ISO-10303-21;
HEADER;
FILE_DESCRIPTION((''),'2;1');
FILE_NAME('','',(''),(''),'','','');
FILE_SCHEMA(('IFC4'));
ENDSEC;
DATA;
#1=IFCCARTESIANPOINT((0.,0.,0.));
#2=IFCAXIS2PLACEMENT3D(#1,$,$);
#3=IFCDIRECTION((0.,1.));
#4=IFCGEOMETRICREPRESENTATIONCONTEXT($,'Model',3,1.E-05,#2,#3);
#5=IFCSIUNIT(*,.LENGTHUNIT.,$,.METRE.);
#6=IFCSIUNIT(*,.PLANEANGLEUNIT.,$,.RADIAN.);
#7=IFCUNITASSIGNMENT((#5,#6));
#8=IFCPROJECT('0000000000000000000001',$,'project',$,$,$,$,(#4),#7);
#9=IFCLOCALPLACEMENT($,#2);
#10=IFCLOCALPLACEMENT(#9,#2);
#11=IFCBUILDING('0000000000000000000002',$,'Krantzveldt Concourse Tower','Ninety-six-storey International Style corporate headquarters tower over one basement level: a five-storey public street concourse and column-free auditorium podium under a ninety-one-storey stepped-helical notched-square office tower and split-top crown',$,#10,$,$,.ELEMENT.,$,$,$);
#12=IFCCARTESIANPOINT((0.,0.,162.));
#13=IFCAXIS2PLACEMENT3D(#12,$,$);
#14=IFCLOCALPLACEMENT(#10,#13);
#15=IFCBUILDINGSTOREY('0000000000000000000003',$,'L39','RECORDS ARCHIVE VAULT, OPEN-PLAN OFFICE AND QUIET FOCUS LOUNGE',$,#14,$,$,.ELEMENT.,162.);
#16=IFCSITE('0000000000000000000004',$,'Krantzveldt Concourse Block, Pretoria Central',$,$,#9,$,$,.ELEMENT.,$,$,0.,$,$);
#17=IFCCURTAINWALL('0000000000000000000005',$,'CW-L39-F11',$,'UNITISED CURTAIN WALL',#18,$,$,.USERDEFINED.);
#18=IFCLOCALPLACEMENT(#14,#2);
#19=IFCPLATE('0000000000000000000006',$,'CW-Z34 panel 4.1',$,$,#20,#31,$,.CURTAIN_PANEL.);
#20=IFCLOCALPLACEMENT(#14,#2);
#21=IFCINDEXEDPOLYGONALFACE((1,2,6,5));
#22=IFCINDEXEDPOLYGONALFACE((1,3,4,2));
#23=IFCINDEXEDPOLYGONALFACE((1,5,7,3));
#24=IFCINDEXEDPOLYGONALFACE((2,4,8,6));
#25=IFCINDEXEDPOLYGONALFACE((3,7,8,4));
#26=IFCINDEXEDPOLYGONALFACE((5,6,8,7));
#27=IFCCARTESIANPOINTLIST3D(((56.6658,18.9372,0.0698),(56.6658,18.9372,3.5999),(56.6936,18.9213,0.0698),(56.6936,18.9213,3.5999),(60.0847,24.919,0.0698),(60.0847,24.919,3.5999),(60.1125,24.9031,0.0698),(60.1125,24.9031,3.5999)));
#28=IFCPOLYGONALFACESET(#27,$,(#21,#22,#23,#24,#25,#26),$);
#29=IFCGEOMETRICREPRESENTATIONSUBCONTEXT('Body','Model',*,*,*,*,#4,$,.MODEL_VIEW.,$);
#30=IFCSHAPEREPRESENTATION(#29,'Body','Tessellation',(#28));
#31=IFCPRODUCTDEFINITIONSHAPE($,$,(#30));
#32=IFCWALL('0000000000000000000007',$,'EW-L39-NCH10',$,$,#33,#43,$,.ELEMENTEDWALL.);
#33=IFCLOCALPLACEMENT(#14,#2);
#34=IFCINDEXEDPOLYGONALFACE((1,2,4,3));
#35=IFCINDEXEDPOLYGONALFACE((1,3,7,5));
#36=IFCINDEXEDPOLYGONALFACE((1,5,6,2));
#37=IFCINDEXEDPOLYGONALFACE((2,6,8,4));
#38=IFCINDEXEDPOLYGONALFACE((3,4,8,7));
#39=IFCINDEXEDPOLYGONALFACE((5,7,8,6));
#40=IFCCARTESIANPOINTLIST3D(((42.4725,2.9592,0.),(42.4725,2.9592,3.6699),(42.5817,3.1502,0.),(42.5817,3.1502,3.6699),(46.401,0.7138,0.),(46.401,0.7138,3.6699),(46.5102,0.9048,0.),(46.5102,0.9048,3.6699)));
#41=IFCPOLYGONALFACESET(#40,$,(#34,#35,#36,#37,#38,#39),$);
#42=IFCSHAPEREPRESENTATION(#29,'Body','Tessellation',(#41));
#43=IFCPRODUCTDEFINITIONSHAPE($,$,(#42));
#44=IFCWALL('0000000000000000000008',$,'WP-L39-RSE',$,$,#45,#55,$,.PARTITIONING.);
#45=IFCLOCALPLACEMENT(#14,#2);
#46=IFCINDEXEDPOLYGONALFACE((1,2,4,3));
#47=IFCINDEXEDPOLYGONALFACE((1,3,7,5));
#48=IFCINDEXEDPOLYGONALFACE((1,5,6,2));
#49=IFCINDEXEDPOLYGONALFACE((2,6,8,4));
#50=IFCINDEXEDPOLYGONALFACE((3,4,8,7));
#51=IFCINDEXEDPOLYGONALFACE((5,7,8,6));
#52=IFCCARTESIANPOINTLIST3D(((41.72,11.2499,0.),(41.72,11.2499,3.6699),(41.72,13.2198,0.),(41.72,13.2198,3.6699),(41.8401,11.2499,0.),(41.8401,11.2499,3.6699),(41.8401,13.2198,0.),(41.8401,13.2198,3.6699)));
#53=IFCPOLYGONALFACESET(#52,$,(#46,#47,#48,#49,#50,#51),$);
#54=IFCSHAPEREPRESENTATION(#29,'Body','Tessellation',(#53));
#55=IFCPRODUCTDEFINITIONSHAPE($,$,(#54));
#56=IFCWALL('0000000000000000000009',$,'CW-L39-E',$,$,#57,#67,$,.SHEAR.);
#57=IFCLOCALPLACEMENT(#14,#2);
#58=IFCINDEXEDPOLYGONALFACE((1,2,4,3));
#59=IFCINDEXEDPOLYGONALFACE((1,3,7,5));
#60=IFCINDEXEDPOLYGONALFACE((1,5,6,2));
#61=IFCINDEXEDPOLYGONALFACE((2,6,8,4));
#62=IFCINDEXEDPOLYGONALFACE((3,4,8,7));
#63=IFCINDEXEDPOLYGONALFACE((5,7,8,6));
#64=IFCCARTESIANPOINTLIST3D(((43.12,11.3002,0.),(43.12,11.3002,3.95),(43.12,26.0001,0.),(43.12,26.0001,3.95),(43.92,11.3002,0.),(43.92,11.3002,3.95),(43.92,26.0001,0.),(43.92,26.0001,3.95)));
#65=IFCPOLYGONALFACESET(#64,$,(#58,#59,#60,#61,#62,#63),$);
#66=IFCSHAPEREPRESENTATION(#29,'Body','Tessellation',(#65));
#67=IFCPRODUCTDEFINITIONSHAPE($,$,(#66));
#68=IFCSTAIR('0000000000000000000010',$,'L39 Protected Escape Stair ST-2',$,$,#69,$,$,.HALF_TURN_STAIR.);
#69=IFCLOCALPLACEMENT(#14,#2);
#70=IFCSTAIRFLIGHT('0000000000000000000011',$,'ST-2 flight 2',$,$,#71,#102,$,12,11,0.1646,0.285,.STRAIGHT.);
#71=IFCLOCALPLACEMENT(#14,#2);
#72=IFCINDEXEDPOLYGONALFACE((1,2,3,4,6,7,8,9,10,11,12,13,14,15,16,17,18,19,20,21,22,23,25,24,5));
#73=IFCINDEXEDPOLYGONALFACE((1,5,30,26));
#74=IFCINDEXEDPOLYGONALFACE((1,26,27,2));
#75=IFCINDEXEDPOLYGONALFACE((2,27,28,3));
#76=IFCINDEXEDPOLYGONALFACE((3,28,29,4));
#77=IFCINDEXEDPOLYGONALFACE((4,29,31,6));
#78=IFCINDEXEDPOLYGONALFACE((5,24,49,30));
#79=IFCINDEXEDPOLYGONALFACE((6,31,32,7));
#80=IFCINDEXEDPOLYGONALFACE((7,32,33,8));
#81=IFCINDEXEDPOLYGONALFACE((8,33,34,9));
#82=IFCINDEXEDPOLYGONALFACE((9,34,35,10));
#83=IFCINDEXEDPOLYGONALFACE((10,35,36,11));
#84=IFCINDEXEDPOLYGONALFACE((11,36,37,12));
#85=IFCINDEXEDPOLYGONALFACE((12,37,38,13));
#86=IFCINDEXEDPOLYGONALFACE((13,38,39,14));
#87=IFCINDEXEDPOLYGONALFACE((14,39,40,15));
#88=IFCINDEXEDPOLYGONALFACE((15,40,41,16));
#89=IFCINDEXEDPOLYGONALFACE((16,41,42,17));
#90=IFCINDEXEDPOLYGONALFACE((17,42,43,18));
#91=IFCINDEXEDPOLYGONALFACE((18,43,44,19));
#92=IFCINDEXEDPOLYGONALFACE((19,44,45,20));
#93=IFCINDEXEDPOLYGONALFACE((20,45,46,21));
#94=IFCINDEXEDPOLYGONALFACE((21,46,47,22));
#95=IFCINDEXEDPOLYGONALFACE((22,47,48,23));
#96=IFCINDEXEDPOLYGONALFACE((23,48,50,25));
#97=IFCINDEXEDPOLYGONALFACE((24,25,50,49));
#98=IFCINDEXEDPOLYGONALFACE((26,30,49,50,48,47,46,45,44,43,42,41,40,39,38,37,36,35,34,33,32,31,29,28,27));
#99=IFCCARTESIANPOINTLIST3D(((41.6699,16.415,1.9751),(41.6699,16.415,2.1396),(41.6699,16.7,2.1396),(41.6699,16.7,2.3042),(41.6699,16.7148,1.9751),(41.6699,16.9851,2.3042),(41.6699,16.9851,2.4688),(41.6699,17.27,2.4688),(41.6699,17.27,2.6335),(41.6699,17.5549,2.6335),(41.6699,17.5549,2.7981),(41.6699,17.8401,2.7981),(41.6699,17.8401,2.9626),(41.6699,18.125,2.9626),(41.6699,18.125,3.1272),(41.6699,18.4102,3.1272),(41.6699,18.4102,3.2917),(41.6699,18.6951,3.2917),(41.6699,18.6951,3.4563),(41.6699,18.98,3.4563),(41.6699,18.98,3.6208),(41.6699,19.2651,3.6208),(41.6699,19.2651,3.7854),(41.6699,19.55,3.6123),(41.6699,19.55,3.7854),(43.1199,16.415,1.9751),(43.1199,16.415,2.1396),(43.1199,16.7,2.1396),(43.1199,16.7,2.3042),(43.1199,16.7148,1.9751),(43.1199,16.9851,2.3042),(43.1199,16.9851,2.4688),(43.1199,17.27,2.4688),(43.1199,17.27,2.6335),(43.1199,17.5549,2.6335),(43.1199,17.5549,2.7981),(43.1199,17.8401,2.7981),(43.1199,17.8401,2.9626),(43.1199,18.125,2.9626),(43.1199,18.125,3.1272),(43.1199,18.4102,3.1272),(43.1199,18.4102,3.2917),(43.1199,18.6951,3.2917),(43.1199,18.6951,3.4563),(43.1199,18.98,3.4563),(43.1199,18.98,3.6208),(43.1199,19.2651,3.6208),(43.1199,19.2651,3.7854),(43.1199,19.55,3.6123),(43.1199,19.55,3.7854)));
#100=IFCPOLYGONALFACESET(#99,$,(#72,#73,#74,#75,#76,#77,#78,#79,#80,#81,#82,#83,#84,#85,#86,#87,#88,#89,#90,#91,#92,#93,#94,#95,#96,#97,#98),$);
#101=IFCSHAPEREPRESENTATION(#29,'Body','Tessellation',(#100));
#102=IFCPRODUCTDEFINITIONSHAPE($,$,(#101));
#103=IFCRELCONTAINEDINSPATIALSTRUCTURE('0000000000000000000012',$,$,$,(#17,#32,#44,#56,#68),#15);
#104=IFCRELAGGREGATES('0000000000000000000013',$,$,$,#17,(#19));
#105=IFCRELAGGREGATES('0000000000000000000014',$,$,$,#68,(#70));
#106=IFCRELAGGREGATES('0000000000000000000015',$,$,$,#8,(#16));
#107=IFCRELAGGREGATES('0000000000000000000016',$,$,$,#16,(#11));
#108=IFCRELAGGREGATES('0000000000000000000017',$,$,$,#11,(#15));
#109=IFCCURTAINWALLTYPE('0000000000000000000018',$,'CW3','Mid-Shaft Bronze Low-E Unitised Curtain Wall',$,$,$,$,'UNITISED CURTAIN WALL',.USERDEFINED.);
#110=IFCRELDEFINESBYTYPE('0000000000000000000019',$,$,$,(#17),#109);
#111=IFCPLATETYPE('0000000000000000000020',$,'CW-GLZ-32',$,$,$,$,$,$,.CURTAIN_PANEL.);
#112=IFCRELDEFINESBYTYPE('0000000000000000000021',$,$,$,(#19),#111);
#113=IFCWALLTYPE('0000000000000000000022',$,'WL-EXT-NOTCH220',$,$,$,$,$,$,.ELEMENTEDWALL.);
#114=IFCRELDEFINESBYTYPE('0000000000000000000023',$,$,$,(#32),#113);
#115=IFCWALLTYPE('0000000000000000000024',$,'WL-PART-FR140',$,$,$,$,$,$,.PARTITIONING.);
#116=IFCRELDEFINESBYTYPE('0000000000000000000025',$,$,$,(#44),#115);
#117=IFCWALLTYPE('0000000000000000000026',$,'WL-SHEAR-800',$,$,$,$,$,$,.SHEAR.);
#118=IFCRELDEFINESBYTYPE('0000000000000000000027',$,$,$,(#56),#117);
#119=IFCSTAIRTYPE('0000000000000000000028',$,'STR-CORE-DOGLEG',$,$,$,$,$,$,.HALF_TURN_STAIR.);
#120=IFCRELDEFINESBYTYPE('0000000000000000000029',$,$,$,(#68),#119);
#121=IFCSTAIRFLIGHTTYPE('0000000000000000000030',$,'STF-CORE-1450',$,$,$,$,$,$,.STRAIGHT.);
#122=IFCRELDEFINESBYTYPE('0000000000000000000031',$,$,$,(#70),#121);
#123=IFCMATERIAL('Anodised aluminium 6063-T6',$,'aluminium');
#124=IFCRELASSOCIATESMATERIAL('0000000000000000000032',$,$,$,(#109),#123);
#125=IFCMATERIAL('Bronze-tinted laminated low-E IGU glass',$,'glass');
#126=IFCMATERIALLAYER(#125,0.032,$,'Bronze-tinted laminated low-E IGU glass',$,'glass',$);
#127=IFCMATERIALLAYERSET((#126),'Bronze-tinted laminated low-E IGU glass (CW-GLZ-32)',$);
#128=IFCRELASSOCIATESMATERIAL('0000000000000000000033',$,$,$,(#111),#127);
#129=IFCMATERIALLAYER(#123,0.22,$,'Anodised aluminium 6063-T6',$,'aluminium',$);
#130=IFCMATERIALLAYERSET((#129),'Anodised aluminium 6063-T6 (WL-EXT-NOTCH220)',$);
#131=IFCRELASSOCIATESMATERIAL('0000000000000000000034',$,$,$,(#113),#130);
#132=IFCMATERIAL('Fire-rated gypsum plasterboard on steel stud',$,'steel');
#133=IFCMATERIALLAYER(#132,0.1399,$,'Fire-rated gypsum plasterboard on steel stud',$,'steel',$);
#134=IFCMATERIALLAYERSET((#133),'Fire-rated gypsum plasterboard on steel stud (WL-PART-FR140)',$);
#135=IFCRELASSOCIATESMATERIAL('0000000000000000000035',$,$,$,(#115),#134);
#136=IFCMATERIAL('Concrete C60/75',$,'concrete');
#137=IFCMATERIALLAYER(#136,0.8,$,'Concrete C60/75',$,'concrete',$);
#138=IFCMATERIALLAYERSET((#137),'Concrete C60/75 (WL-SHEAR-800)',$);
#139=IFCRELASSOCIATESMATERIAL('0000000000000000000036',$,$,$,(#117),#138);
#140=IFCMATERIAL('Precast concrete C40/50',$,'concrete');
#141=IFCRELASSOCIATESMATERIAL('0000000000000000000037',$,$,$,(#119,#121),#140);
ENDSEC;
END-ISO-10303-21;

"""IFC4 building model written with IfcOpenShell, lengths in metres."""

from ifc_helpers import new_model, si_unit, direction, frame, frame_2d, origin, origin_2d, place, context, subcontext, project, spatial, polyline, rectangle, outline, extrude, source, transform, mapped, material, layer, layer_set, type_object, element, aggregate, save


model = new_model("IFC4")

# Units and contexts
model_context = context("Model", 3, precision=1e-05, world=origin(), true_north=direction((0.0, 1.0)))
body_context = subcontext(model_context, "Body", "Model", "MODEL_VIEW")
ifc_project = project(units=[si_unit("LENGTHUNIT", "METRE"), si_unit("PLANEANGLEUNIT", "RADIAN")], contexts=[model_context])

# Site, building, storey
site_placement = place(None, origin())
site = spatial("IfcSite", under=ifc_project, at=site_placement, Name="Krantzveldt Concourse Block, Pretoria Central", CompositionType="ELEMENT", RefElevation=0.0)
building_placement = place(site_placement, origin())
building = spatial("IfcBuilding", under=site, at=building_placement, Name="Krantzveldt Concourse Tower", Description="Ninety-six-storey International Style corporate headquarters tower over one basement level: a five-storey public street concourse and column-free auditorium podium under a ninety-one-storey stepped-helical notched-square office tower and split-top crown", CompositionType="ELEMENT")
storey_placement = place(building_placement, frame((0.0, 0.0, 162.0)))
storey = spatial("IfcBuildingStorey", under=building, at=storey_placement, Name="L39", Description="RECORDS ARCHIVE VAULT, OPEN-PLAN OFFICE AND QUIET FOCUS LOUNGE", CompositionType="ELEMENT", Elevation=162.0)

# Curtain wall, plate
ifc_material_1 = material(Name="Anodised aluminium 6063-T6", Category="aluminium")
curtain_wall_type = type_object("IfcCurtainWallType", Name="CW3", Description="Mid-Shaft Bronze Low-E Unitised Curtain Wall", ElementType="UNITISED CURTAIN WALL", PredefinedType="USERDEFINED", material=ifc_material_1)
curtain_wall_placement = place(storey_placement, origin())
curtain_wall = element("IfcCurtainWall", 1, at=curtain_wall_placement, inside=storey, type_object=curtain_wall_type, Name="CW-L39-F11", ObjectType="UNITISED CURTAIN WALL", PredefinedType="USERDEFINED")
ifc_material_2 = material(Name="Bronze-tinted laminated low-E IGU glass", Category="glass")
ifc_layer_1 = layer(ifc_material_2, 0.032, Name="Bronze-tinted laminated low-E IGU glass", Category="glass")
ifc_layer_set_1 = layer_set([ifc_layer_1], Name="Bronze-tinted laminated low-E IGU glass (CW-GLZ-32)")
plate_type = type_object("IfcPlateType", Name="CW-GLZ-32", PredefinedType="CURTAIN_PANEL", material=ifc_layer_set_1)
shared_shape_1 = source(origin(), body_context, "Body", "SweptSolid", [
    extrude(rectangle(XDim=6.8899, YDim=0.032, at=origin_2d()), origin(), (0.0, 0.0, 1.0), 3.53),
])
plate_1_placement = place(storey_placement, frame((58.3892, 21.9202, 0.0698), z_axis=(0.0, 0.0, 1.0), x_axis=(0.496216, 0.868199, 0.0)))
plate_1 = element("IfcPlate", 2, at=plate_1_placement, type_object=plate_type, Name="CW-Z34 panel 4.1", PredefinedType="CURTAIN_PANEL", context=body_context, shape_type="MappedRepresentation", body=[
    mapped(shared_shape_1, transform((0.0, 0.0, 0.0), x_axis=(1.0, 0.0, 0.0), y_axis=(0.0, 1.0, 0.0), z_axis=(0.0, 0.0, 1.0), scale=1.0)),
])
aggregate(curtain_wall, [plate_1])

# Walls
ifc_layer_2 = layer(ifc_material_1, 0.22, Name="Anodised aluminium 6063-T6", Category="aluminium")
ifc_layer_set_2 = layer_set([ifc_layer_2], Name="Anodised aluminium 6063-T6 (WL-EXT-NOTCH220)")
wall_type_1 = type_object("IfcWallType", Name="WL-EXT-NOTCH220", PredefinedType="ELEMENTEDWALL", material=ifc_layer_set_2)
wall_1_placement = place(storey_placement, frame((42.5271, 3.0547, 0.0), z_axis=(0.0, 0.0, 1.0), x_axis=(0.868193, -0.496226, 0.0)))
element("IfcWall", 3, at=wall_1_placement, inside=storey, type_object=wall_type_1, Name="EW-L39-NCH10", PredefinedType="ELEMENTEDWALL", context=body_context, shape_type="SweptSolid", body=[
    extrude(rectangle(XDim=4.5249, YDim=0.22, at=frame_2d((2.2625, 0.0))), origin(), (0.0, 0.0, 1.0), 3.6699),
])
ifc_material_3 = material(Name="Fire-rated gypsum plasterboard on steel stud", Category="steel")
ifc_layer_3 = layer(ifc_material_3, 0.1399, Name="Fire-rated gypsum plasterboard on steel stud", Category="steel")
ifc_layer_set_3 = layer_set([ifc_layer_3], Name="Fire-rated gypsum plasterboard on steel stud (WL-PART-FR140)")
wall_type_2 = type_object("IfcWallType", Name="WL-PART-FR140", PredefinedType="PARTITIONING", material=ifc_layer_set_3)
wall_2_placement = place(storey_placement, frame((41.78, 11.25, 0.0), z_axis=(0.0, 0.0, 1.0), x_axis=(0.0, 1.0, 0.0)))
element("IfcWall", 4, at=wall_2_placement, inside=storey, type_object=wall_type_2, Name="WP-L39-RSE", PredefinedType="PARTITIONING", context=body_context, shape_type="SweptSolid", body=[
    extrude(rectangle(XDim=1.97, YDim=0.1201, at=frame_2d((0.9849, 0.0))), origin(), (0.0, 0.0, 1.0), 3.6699),
])
ifc_material_4 = material(Name="Concrete C60/75", Category="concrete")
ifc_layer_4 = layer(ifc_material_4, 0.8, Name="Concrete C60/75", Category="concrete")
ifc_layer_set_4 = layer_set([ifc_layer_4], Name="Concrete C60/75 (WL-SHEAR-800)")
wall_type_3 = type_object("IfcWallType", Name="WL-SHEAR-800", PredefinedType="SHEAR", material=ifc_layer_set_4)
wall_3_placement = place(storey_placement, frame((43.52, 11.3, 0.0), z_axis=(0.0, 0.0, 1.0), x_axis=(0.0, 1.0, 0.0)))
element("IfcWall", 5, at=wall_3_placement, inside=storey, type_object=wall_type_3, Name="CW-L39-E", PredefinedType="SHEAR", context=body_context, shape_type="SweptSolid", body=[
    extrude(rectangle(XDim=14.7, YDim=0.8, at=frame_2d((7.3501, 0.0))), origin(), (0.0, 0.0, 1.0), 3.95),
])

# Stair, stair flight
ifc_material_5 = material(Name="Precast concrete C40/50", Category="concrete")
stair_type = type_object("IfcStairType", Name="STR-CORE-DOGLEG", PredefinedType="HALF_TURN_STAIR", material=ifc_material_5)
stair_placement = place(storey_placement, origin())
stair = element("IfcStair", 6, at=stair_placement, inside=storey, type_object=stair_type, Name="L39 Protected Escape Stair ST-2", PredefinedType="HALF_TURN_STAIR")
stair_flight_type = type_object("IfcStairFlightType", Name="STF-CORE-1450", PredefinedType="STRAIGHT", material=ifc_material_5)
stair_flight_placement = place(storey_placement, frame((42.395, 16.415, 1.9751), z_axis=(0.0, 0.0, 1.0), x_axis=(0.0, 1.0, 0.0)))
stair_flight = element("IfcStairFlight", 7, at=stair_flight_placement, type_object=stair_flight_type, Name="ST-2 flight 2", NumberOfRisers=12, NumberOfTreads=11, PredefinedType="STRAIGHT", RiserHeight=0.1646, TreadLength=0.285, context=body_context, shape_type="SweptSolid", body=[
    extrude(outline(polyline([(0.0, 0.0), (0.0, 0.1646), (0.2849, 0.1646), (0.2849, 0.3291), (0.5701, 0.3291), (0.5701, 0.4937), (0.855, 0.4937), (0.855, 0.6584), (1.1399, 0.6584), (1.1399, 0.823), (1.425, 0.823), (1.425, 0.9875), (1.71, 0.9875), (1.71, 1.1521), (1.9951, 1.1521), (1.9951, 1.3167), (2.28, 1.3167), (2.28, 1.4812), (2.5649, 1.4812), (2.5649, 1.6458), (2.8501, 1.6458), (2.8501, 1.8103), (3.135, 1.8103), (3.135, 1.9751), (3.135, 1.6372), (0.2998, 0.0), (0.0, 0.0)])), frame((0.0, 0.7251, 0.0), z_axis=(0.0, -1.0, 0.0), x_axis=(1.0, 0.0, 0.0)), (0.0, 0.0, 1.0), 1.45),
])
aggregate(stair, [stair_flight])

save(model, "model.ifc")
